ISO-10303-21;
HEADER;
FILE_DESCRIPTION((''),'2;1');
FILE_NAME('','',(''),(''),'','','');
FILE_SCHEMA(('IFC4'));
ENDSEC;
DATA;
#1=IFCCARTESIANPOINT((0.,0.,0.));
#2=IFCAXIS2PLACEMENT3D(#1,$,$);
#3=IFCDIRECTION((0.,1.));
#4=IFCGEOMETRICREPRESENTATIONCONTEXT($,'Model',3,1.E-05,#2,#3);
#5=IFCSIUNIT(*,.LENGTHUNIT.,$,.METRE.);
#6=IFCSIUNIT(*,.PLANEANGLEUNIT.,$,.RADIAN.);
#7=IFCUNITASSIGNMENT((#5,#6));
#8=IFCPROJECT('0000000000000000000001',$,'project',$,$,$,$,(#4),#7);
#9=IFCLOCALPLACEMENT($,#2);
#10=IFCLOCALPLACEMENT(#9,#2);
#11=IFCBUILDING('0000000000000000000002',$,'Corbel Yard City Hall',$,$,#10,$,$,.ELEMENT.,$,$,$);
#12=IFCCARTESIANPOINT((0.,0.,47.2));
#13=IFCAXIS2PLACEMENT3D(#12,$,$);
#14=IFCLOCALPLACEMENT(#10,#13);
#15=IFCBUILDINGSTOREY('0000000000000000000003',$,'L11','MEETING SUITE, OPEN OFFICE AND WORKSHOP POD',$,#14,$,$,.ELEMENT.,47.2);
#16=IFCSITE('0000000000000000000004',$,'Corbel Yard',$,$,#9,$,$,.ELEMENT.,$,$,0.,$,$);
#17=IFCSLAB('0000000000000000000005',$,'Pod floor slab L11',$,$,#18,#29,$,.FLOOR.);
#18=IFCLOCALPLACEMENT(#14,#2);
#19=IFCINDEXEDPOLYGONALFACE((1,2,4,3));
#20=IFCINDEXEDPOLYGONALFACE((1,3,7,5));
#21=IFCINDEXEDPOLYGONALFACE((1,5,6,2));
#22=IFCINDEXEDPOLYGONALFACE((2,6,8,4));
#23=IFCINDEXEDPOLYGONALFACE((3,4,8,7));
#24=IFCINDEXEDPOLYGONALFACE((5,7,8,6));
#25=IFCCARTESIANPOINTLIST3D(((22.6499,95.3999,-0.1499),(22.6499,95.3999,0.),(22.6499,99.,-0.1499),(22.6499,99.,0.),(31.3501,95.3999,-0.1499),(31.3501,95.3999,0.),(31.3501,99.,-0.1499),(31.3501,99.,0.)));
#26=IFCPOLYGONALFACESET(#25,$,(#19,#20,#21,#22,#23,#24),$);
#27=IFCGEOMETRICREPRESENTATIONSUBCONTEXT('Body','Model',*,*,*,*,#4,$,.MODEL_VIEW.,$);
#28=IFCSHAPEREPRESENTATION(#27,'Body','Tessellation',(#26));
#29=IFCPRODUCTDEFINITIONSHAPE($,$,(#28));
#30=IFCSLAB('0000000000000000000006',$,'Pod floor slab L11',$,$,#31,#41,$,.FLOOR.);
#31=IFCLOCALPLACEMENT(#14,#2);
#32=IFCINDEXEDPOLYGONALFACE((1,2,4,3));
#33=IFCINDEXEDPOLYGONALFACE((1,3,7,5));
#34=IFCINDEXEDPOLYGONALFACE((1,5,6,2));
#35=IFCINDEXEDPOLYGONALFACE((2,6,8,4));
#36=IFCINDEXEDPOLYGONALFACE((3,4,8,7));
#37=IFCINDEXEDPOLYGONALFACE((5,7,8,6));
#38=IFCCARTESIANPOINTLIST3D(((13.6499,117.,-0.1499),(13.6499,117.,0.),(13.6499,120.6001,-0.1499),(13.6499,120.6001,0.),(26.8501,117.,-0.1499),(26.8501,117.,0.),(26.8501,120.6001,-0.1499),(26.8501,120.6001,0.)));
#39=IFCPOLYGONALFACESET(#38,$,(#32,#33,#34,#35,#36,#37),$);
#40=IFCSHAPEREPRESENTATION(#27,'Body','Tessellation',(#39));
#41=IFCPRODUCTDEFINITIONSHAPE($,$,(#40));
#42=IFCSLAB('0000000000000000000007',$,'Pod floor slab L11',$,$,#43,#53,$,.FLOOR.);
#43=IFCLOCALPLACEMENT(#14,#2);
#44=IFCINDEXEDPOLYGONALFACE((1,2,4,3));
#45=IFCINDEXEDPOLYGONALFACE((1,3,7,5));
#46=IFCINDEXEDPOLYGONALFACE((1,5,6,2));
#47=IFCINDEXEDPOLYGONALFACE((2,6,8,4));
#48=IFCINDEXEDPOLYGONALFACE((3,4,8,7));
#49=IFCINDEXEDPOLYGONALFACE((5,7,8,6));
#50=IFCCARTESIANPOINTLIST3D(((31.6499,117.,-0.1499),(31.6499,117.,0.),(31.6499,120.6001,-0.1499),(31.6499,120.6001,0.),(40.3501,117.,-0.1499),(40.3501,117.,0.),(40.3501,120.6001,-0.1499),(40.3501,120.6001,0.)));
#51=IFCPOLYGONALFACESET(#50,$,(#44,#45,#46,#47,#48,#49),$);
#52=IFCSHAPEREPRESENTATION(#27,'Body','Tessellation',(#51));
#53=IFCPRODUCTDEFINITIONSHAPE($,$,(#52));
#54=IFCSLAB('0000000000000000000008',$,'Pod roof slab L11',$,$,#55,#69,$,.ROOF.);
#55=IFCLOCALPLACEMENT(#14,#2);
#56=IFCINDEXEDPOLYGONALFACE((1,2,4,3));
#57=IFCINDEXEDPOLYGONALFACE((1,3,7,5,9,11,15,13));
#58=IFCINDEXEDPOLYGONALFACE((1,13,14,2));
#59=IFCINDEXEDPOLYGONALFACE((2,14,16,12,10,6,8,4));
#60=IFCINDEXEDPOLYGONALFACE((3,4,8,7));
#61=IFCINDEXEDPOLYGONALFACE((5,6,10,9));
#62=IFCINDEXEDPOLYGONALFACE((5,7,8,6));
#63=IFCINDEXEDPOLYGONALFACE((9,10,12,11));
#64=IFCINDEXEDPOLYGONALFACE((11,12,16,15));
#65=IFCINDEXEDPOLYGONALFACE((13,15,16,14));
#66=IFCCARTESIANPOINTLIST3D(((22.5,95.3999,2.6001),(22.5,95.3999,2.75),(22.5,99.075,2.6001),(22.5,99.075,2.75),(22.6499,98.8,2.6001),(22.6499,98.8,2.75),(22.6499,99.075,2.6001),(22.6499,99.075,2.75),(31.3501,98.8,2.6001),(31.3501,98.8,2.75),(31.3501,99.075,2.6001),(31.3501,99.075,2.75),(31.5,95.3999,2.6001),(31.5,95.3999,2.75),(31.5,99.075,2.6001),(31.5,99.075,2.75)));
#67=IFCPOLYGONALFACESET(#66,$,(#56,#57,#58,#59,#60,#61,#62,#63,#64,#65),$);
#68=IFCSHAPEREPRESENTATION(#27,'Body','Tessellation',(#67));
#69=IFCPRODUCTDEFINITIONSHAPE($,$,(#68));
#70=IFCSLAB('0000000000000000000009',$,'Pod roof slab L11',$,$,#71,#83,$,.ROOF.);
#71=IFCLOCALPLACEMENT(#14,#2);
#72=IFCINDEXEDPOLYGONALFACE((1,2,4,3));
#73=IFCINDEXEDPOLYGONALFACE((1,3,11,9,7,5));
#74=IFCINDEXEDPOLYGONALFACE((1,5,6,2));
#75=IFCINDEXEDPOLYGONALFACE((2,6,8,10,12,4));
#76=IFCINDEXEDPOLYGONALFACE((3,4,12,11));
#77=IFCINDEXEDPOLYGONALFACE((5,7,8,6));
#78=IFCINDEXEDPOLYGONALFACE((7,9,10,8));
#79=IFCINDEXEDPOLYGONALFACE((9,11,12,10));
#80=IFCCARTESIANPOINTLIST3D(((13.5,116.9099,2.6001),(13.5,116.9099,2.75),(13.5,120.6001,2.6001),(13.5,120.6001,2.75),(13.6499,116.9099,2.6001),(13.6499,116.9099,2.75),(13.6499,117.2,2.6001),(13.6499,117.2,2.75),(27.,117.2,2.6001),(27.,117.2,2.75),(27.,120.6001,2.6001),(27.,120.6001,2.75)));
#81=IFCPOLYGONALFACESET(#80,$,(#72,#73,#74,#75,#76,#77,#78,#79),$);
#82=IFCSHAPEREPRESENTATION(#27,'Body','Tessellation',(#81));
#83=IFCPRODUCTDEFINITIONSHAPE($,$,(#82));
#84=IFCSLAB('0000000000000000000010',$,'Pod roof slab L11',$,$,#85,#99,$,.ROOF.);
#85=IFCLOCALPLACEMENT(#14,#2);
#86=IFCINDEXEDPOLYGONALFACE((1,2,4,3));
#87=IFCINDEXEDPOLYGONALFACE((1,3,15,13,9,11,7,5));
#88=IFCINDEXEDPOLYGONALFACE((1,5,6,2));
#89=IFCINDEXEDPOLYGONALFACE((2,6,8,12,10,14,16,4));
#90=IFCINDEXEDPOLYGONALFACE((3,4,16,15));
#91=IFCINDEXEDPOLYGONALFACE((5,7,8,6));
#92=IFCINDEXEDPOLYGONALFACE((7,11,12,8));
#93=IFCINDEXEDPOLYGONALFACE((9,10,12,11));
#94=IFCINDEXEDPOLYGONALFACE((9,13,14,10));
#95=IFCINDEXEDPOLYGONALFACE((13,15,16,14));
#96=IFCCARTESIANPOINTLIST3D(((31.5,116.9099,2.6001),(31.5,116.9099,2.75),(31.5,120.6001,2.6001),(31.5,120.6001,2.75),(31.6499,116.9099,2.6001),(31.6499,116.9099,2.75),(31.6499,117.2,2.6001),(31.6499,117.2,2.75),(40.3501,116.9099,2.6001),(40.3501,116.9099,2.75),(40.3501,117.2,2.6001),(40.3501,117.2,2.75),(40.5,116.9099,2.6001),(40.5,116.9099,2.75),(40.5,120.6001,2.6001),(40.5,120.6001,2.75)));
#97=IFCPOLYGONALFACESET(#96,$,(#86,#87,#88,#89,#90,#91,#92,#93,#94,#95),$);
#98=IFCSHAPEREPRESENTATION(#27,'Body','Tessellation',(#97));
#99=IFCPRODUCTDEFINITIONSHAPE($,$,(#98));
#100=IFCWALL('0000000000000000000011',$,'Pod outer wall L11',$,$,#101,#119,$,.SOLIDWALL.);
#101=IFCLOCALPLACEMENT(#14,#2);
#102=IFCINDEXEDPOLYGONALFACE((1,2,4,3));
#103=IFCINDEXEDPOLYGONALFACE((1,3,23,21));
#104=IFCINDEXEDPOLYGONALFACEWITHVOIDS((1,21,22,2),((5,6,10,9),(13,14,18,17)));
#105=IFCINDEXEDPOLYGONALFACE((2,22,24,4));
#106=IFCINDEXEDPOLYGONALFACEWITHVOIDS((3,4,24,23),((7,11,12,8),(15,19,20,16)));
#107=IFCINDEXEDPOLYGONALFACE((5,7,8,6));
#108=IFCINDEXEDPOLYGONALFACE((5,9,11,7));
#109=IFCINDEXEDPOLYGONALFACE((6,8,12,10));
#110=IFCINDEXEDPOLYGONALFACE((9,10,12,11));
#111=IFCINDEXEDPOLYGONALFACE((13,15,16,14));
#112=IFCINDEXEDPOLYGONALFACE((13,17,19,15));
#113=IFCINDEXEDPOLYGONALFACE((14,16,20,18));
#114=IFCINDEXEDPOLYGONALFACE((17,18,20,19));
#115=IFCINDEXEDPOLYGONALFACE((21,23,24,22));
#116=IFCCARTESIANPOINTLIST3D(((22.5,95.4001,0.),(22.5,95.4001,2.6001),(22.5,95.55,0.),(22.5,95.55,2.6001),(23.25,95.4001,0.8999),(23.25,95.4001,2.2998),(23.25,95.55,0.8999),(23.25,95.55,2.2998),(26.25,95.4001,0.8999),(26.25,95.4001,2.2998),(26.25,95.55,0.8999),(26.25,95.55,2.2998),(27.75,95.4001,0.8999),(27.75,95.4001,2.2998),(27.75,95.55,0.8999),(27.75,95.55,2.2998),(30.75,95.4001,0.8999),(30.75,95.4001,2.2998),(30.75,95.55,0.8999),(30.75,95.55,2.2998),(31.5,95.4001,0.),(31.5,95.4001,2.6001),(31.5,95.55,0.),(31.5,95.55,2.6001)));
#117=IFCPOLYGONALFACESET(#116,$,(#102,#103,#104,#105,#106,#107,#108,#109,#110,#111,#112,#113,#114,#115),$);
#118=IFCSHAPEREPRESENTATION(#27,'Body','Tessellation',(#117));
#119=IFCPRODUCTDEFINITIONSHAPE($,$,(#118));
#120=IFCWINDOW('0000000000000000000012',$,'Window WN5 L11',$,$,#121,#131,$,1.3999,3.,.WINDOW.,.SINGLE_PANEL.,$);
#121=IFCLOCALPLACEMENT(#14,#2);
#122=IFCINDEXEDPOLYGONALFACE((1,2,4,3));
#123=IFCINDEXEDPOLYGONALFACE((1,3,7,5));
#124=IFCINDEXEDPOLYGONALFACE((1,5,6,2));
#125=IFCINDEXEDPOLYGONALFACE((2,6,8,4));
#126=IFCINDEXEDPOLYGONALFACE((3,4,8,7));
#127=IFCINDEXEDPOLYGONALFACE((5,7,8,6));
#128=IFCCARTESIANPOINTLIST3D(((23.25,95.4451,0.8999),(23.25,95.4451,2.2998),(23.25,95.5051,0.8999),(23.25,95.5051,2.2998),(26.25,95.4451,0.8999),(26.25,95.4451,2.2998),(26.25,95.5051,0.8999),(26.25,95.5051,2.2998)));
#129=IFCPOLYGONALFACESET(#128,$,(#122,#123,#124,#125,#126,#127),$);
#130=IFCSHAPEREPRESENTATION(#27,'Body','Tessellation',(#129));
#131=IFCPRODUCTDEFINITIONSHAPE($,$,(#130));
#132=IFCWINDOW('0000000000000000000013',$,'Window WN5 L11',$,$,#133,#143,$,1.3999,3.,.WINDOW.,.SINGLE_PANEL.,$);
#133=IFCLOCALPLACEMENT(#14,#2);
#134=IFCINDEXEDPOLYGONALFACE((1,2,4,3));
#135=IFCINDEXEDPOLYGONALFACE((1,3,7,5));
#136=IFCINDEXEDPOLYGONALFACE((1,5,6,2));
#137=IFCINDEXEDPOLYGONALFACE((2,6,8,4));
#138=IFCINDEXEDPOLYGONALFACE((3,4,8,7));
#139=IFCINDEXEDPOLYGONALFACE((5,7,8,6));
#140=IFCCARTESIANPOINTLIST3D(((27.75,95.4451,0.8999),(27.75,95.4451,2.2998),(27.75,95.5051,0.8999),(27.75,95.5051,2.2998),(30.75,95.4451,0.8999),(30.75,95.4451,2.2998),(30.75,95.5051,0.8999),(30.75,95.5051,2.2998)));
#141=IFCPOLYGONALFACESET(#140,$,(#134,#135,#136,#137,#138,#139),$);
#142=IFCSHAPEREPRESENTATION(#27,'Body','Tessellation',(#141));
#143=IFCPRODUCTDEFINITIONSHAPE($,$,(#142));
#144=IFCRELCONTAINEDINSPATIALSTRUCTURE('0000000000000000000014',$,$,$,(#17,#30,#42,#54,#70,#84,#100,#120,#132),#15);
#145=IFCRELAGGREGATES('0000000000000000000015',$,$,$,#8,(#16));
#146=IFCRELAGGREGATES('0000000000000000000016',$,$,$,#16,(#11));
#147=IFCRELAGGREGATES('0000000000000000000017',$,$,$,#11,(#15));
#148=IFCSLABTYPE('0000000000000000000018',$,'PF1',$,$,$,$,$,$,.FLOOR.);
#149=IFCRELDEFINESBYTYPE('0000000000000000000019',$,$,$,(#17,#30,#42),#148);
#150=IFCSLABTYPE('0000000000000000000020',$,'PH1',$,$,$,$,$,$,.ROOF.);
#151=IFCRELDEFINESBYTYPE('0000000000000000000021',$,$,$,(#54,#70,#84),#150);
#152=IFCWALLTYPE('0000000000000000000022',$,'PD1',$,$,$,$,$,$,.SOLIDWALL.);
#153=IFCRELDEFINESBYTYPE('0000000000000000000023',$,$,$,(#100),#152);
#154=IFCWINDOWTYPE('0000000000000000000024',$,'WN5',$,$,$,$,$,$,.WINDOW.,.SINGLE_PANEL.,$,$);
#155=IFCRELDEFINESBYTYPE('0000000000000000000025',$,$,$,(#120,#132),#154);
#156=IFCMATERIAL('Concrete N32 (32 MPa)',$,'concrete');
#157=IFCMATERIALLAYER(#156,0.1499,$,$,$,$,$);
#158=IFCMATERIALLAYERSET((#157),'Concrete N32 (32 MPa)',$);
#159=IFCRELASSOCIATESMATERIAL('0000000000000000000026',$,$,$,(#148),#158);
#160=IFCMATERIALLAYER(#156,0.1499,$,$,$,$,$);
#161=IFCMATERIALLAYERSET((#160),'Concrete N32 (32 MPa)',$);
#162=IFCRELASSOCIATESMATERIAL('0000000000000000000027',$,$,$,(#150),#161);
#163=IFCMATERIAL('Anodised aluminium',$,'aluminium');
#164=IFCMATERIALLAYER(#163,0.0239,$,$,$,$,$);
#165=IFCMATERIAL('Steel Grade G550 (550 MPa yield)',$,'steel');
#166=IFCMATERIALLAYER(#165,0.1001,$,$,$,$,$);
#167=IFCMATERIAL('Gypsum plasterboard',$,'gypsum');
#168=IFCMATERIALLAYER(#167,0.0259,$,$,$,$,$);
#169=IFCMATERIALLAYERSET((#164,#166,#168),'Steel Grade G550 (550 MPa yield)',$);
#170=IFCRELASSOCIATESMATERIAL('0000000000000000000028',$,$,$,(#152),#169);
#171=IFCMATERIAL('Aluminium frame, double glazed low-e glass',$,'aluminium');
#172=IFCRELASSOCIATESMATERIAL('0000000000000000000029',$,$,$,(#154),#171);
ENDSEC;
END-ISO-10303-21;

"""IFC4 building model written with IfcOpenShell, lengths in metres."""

from ifc_helpers import new_model, si_unit, direction, frame, frame_2d, origin, place, context, subcontext, project, spatial, polyline, rectangle, outline, extrude, material, layer, layer_set, type_object, element, fill, save


model = new_model("IFC4")

# Units and contexts
model_context = context("Model", 3, precision=1e-05, world=origin(), true_north=direction((0.0, 1.0)))
body_context = subcontext(model_context, "Body", "Model", "MODEL_VIEW")
ifc_project = project(units=[si_unit("LENGTHUNIT", "METRE"), si_unit("PLANEANGLEUNIT", "RADIAN")], contexts=[model_context])

# Site, building, storey
site_placement = place(None, origin())
site = spatial("IfcSite", under=ifc_project, at=site_placement, Name="Corbel Yard", CompositionType="ELEMENT", RefElevation=0.0)
building_placement = place(site_placement, origin())
building = spatial("IfcBuilding", under=site, at=building_placement, Name="Corbel Yard City Hall", CompositionType="ELEMENT")
storey_placement = place(building_placement, frame((0.0, 0.0, 47.2)))
storey = spatial("IfcBuildingStorey", under=building, at=storey_placement, Name="L11", Description="MEETING SUITE, OPEN OFFICE AND WORKSHOP POD", CompositionType="ELEMENT", Elevation=47.2)

# Slabs
ifc_material_1 = material(Name="Concrete N32 (32 MPa)", Category="concrete")
ifc_layer_1 = layer(ifc_material_1, 0.1499)
ifc_layer_set_1 = layer_set([ifc_layer_1], Name="Concrete N32 (32 MPa)")
slab_type_1 = type_object("IfcSlabType", Name="PF1", PredefinedType="FLOOR", material=ifc_layer_set_1)
slab_1_placement = place(storey_placement, frame((0.0, 0.0, -0.1499)))
element("IfcSlab", 1, at=slab_1_placement, inside=storey, type_object=slab_type_1, Name="Pod floor slab L11", PredefinedType="FLOOR", context=body_context, shape_type="SweptSolid", body=[
    extrude(outline(polyline([(22.6499, 95.3999), (31.3501, 95.3999), (31.3501, 99.0), (22.6499, 99.0), (22.6499, 95.3999)])), origin(), (0.0, 0.0, 1.0), 0.1499),
])
slab_2_placement = place(storey_placement, frame((0.0, 0.0, -0.1499)))
element("IfcSlab", 2, at=slab_2_placement, inside=storey, type_object=slab_type_1, Name="Pod floor slab L11", PredefinedType="FLOOR", context=body_context, shape_type="SweptSolid", body=[
    extrude(outline(polyline([(13.6499, 117.0), (26.8501, 117.0), (26.8501, 120.6001), (13.6499, 120.6001), (13.6499, 117.0)])), origin(), (0.0, 0.0, 1.0), 0.1499),
])
slab_3_placement = place(storey_placement, frame((0.0, 0.0, -0.1499)))
element("IfcSlab", 3, at=slab_3_placement, inside=storey, type_object=slab_type_1, Name="Pod floor slab L11", PredefinedType="FLOOR", context=body_context, shape_type="SweptSolid", body=[
    extrude(outline(polyline([(31.6499, 117.0), (40.3501, 117.0), (40.3501, 120.6001), (31.6499, 120.6001), (31.6499, 117.0)])), origin(), (0.0, 0.0, 1.0), 0.1499),
])
ifc_layer_2 = layer(ifc_material_1, 0.1499)
ifc_layer_set_2 = layer_set([ifc_layer_2], Name="Concrete N32 (32 MPa)")
slab_type_2 = type_object("IfcSlabType", Name="PH1", PredefinedType="ROOF", material=ifc_layer_set_2)
slab_4_placement = place(storey_placement, frame((0.0, 0.0, 2.6001)))
element("IfcSlab", 4, at=slab_4_placement, inside=storey, type_object=slab_type_2, Name="Pod roof slab L11", PredefinedType="ROOF", context=body_context, shape_type="SweptSolid", body=[
    extrude(outline(polyline([(22.5, 95.3999), (31.5, 95.3999), (31.5, 99.075), (31.3501, 99.075), (31.3501, 98.8), (22.6499, 98.8), (22.6499, 99.075), (22.5, 99.075), (22.5, 95.3999)])), origin(), (0.0, 0.0, 1.0), 0.1499),
])
slab_5_placement = place(storey_placement, frame((0.0, 0.0, 2.6001)))
element("IfcSlab", 5, at=slab_5_placement, inside=storey, type_object=slab_type_2, Name="Pod roof slab L11", PredefinedType="ROOF", context=body_context, shape_type="SweptSolid", body=[
    extrude(outline(polyline([(13.5, 120.6001), (13.5, 116.9099), (13.6499, 116.9099), (13.6499, 117.2), (27.0, 117.2), (27.0, 120.6001), (13.5, 120.6001)])), origin(), (0.0, 0.0, 1.0), 0.1499),
])
slab_6_placement = place(storey_placement, frame((0.0, 0.0, 2.6001)))
element("IfcSlab", 6, at=slab_6_placement, inside=storey, type_object=slab_type_2, Name="Pod roof slab L11", PredefinedType="ROOF", context=body_context, shape_type="SweptSolid", body=[
    extrude(outline(polyline([(31.5, 120.6001), (31.5, 116.9099), (31.6499, 116.9099), (31.6499, 117.2), (40.3501, 117.2), (40.3501, 116.9099), (40.5, 116.9099), (40.5, 120.6001), (31.5, 120.6001)])), origin(), (0.0, 0.0, 1.0), 0.1499),
])

# Wall, openings, windows
ifc_material_2 = material(Name="Anodised aluminium", Category="aluminium")
ifc_layer_3 = layer(ifc_material_2, 0.0239)
ifc_material_3 = material(Name="Steel Grade G550 (550 MPa yield)", Category="steel")
ifc_layer_4 = layer(ifc_material_3, 0.1001)
ifc_material_4 = material(Name="Gypsum plasterboard", Category="gypsum")
ifc_layer_5 = layer(ifc_material_4, 0.0259)
ifc_layer_set_3 = layer_set([ifc_layer_3, ifc_layer_4, ifc_layer_5], Name="Steel Grade G550 (550 MPa yield)")
wall_type = type_object("IfcWallType", Name="PD1", PredefinedType="SOLIDWALL", material=ifc_layer_set_3)
wall_placement = place(storey_placement, frame((22.5, 95.4751, 0.0), z_axis=(0.0, 0.0, 1.0), x_axis=(1.0, 0.0, 0.0)))
wall = element("IfcWall", 7, at=wall_placement, inside=storey, type_object=wall_type, Name="Pod outer wall L11", PredefinedType="SOLIDWALL", context=body_context, shape_type="SweptSolid", body=[
    extrude(rectangle(XDim=9.0, YDim=0.1499, at=frame_2d((4.5, 0.0))), origin(), (0.0, 0.0, 1.0), 2.6001),
])
opening_1_placement = place(wall_placement, frame((0.75, 0.0, 0.8999)))
opening_1 = element("IfcOpeningElement", 8, at=opening_1_placement, cuts=wall, PredefinedType="OPENING", context=body_context, shape_type="SweptSolid", body=[
    extrude(rectangle(XDim=3.0, YDim=1.3999, at=frame_2d((1.5, 0.7))), frame((0.0, 0.085, 0.0), z_axis=(0.0, -1.0, 0.0), x_axis=(1.0, 0.0, 0.0)), (0.0, 0.0, 1.0), 0.1699),
])
opening_2_placement = place(wall_placement, frame((5.25, 0.0, 0.8999)))
opening_2 = element("IfcOpeningElement", 9, at=opening_2_placement, cuts=wall, PredefinedType="OPENING", context=body_context, shape_type="SweptSolid", body=[
    extrude(rectangle(XDim=3.0, YDim=1.3999, at=frame_2d((1.5, 0.7))), frame((0.0, 0.085, 0.0), z_axis=(0.0, -1.0, 0.0), x_axis=(1.0, 0.0, 0.0)), (0.0, 0.0, 1.0), 0.1699),
])
ifc_material_5 = material(Name="Aluminium frame, double glazed low-e glass", Category="aluminium")
window_type = type_object("IfcWindowType", Name="WN5", PartitioningType="SINGLE_PANEL", PredefinedType="WINDOW", material=ifc_material_5)
window_1_placement = place(opening_1_placement, origin())
window_1 = element("IfcWindow", 10, at=window_1_placement, inside=storey, type_object=window_type, Name="Window WN5 L11", OverallHeight=1.3999, OverallWidth=3.0, PartitioningType="SINGLE_PANEL", PredefinedType="WINDOW", context=body_context, shape_type="SweptSolid", body=[
    extrude(rectangle(XDim=3.0, YDim=1.3999, at=frame_2d((1.5, 0.7))), frame((0.0, 0.03, 0.0), z_axis=(0.0, -1.0, 0.0), x_axis=(1.0, 0.0, 0.0)), (0.0, 0.0, 1.0), 0.0601),
])
fill(opening_1, window_1)
window_2_placement = place(opening_2_placement, origin())
window_2 = element("IfcWindow", 11, at=window_2_placement, inside=storey, type_object=window_type, Name="Window WN5 L11", OverallHeight=1.3999, OverallWidth=3.0, PartitioningType="SINGLE_PANEL", PredefinedType="WINDOW", context=body_context, shape_type="SweptSolid", body=[
    extrude(rectangle(XDim=3.0, YDim=1.3999, at=frame_2d((1.5, 0.7))), frame((0.0, 0.03, 0.0), z_axis=(0.0, -1.0, 0.0), x_axis=(1.0, 0.0, 0.0)), (0.0, 0.0, 1.0), 0.0601),
])
fill(opening_2, window_2)

save(model, "model.ifc")
